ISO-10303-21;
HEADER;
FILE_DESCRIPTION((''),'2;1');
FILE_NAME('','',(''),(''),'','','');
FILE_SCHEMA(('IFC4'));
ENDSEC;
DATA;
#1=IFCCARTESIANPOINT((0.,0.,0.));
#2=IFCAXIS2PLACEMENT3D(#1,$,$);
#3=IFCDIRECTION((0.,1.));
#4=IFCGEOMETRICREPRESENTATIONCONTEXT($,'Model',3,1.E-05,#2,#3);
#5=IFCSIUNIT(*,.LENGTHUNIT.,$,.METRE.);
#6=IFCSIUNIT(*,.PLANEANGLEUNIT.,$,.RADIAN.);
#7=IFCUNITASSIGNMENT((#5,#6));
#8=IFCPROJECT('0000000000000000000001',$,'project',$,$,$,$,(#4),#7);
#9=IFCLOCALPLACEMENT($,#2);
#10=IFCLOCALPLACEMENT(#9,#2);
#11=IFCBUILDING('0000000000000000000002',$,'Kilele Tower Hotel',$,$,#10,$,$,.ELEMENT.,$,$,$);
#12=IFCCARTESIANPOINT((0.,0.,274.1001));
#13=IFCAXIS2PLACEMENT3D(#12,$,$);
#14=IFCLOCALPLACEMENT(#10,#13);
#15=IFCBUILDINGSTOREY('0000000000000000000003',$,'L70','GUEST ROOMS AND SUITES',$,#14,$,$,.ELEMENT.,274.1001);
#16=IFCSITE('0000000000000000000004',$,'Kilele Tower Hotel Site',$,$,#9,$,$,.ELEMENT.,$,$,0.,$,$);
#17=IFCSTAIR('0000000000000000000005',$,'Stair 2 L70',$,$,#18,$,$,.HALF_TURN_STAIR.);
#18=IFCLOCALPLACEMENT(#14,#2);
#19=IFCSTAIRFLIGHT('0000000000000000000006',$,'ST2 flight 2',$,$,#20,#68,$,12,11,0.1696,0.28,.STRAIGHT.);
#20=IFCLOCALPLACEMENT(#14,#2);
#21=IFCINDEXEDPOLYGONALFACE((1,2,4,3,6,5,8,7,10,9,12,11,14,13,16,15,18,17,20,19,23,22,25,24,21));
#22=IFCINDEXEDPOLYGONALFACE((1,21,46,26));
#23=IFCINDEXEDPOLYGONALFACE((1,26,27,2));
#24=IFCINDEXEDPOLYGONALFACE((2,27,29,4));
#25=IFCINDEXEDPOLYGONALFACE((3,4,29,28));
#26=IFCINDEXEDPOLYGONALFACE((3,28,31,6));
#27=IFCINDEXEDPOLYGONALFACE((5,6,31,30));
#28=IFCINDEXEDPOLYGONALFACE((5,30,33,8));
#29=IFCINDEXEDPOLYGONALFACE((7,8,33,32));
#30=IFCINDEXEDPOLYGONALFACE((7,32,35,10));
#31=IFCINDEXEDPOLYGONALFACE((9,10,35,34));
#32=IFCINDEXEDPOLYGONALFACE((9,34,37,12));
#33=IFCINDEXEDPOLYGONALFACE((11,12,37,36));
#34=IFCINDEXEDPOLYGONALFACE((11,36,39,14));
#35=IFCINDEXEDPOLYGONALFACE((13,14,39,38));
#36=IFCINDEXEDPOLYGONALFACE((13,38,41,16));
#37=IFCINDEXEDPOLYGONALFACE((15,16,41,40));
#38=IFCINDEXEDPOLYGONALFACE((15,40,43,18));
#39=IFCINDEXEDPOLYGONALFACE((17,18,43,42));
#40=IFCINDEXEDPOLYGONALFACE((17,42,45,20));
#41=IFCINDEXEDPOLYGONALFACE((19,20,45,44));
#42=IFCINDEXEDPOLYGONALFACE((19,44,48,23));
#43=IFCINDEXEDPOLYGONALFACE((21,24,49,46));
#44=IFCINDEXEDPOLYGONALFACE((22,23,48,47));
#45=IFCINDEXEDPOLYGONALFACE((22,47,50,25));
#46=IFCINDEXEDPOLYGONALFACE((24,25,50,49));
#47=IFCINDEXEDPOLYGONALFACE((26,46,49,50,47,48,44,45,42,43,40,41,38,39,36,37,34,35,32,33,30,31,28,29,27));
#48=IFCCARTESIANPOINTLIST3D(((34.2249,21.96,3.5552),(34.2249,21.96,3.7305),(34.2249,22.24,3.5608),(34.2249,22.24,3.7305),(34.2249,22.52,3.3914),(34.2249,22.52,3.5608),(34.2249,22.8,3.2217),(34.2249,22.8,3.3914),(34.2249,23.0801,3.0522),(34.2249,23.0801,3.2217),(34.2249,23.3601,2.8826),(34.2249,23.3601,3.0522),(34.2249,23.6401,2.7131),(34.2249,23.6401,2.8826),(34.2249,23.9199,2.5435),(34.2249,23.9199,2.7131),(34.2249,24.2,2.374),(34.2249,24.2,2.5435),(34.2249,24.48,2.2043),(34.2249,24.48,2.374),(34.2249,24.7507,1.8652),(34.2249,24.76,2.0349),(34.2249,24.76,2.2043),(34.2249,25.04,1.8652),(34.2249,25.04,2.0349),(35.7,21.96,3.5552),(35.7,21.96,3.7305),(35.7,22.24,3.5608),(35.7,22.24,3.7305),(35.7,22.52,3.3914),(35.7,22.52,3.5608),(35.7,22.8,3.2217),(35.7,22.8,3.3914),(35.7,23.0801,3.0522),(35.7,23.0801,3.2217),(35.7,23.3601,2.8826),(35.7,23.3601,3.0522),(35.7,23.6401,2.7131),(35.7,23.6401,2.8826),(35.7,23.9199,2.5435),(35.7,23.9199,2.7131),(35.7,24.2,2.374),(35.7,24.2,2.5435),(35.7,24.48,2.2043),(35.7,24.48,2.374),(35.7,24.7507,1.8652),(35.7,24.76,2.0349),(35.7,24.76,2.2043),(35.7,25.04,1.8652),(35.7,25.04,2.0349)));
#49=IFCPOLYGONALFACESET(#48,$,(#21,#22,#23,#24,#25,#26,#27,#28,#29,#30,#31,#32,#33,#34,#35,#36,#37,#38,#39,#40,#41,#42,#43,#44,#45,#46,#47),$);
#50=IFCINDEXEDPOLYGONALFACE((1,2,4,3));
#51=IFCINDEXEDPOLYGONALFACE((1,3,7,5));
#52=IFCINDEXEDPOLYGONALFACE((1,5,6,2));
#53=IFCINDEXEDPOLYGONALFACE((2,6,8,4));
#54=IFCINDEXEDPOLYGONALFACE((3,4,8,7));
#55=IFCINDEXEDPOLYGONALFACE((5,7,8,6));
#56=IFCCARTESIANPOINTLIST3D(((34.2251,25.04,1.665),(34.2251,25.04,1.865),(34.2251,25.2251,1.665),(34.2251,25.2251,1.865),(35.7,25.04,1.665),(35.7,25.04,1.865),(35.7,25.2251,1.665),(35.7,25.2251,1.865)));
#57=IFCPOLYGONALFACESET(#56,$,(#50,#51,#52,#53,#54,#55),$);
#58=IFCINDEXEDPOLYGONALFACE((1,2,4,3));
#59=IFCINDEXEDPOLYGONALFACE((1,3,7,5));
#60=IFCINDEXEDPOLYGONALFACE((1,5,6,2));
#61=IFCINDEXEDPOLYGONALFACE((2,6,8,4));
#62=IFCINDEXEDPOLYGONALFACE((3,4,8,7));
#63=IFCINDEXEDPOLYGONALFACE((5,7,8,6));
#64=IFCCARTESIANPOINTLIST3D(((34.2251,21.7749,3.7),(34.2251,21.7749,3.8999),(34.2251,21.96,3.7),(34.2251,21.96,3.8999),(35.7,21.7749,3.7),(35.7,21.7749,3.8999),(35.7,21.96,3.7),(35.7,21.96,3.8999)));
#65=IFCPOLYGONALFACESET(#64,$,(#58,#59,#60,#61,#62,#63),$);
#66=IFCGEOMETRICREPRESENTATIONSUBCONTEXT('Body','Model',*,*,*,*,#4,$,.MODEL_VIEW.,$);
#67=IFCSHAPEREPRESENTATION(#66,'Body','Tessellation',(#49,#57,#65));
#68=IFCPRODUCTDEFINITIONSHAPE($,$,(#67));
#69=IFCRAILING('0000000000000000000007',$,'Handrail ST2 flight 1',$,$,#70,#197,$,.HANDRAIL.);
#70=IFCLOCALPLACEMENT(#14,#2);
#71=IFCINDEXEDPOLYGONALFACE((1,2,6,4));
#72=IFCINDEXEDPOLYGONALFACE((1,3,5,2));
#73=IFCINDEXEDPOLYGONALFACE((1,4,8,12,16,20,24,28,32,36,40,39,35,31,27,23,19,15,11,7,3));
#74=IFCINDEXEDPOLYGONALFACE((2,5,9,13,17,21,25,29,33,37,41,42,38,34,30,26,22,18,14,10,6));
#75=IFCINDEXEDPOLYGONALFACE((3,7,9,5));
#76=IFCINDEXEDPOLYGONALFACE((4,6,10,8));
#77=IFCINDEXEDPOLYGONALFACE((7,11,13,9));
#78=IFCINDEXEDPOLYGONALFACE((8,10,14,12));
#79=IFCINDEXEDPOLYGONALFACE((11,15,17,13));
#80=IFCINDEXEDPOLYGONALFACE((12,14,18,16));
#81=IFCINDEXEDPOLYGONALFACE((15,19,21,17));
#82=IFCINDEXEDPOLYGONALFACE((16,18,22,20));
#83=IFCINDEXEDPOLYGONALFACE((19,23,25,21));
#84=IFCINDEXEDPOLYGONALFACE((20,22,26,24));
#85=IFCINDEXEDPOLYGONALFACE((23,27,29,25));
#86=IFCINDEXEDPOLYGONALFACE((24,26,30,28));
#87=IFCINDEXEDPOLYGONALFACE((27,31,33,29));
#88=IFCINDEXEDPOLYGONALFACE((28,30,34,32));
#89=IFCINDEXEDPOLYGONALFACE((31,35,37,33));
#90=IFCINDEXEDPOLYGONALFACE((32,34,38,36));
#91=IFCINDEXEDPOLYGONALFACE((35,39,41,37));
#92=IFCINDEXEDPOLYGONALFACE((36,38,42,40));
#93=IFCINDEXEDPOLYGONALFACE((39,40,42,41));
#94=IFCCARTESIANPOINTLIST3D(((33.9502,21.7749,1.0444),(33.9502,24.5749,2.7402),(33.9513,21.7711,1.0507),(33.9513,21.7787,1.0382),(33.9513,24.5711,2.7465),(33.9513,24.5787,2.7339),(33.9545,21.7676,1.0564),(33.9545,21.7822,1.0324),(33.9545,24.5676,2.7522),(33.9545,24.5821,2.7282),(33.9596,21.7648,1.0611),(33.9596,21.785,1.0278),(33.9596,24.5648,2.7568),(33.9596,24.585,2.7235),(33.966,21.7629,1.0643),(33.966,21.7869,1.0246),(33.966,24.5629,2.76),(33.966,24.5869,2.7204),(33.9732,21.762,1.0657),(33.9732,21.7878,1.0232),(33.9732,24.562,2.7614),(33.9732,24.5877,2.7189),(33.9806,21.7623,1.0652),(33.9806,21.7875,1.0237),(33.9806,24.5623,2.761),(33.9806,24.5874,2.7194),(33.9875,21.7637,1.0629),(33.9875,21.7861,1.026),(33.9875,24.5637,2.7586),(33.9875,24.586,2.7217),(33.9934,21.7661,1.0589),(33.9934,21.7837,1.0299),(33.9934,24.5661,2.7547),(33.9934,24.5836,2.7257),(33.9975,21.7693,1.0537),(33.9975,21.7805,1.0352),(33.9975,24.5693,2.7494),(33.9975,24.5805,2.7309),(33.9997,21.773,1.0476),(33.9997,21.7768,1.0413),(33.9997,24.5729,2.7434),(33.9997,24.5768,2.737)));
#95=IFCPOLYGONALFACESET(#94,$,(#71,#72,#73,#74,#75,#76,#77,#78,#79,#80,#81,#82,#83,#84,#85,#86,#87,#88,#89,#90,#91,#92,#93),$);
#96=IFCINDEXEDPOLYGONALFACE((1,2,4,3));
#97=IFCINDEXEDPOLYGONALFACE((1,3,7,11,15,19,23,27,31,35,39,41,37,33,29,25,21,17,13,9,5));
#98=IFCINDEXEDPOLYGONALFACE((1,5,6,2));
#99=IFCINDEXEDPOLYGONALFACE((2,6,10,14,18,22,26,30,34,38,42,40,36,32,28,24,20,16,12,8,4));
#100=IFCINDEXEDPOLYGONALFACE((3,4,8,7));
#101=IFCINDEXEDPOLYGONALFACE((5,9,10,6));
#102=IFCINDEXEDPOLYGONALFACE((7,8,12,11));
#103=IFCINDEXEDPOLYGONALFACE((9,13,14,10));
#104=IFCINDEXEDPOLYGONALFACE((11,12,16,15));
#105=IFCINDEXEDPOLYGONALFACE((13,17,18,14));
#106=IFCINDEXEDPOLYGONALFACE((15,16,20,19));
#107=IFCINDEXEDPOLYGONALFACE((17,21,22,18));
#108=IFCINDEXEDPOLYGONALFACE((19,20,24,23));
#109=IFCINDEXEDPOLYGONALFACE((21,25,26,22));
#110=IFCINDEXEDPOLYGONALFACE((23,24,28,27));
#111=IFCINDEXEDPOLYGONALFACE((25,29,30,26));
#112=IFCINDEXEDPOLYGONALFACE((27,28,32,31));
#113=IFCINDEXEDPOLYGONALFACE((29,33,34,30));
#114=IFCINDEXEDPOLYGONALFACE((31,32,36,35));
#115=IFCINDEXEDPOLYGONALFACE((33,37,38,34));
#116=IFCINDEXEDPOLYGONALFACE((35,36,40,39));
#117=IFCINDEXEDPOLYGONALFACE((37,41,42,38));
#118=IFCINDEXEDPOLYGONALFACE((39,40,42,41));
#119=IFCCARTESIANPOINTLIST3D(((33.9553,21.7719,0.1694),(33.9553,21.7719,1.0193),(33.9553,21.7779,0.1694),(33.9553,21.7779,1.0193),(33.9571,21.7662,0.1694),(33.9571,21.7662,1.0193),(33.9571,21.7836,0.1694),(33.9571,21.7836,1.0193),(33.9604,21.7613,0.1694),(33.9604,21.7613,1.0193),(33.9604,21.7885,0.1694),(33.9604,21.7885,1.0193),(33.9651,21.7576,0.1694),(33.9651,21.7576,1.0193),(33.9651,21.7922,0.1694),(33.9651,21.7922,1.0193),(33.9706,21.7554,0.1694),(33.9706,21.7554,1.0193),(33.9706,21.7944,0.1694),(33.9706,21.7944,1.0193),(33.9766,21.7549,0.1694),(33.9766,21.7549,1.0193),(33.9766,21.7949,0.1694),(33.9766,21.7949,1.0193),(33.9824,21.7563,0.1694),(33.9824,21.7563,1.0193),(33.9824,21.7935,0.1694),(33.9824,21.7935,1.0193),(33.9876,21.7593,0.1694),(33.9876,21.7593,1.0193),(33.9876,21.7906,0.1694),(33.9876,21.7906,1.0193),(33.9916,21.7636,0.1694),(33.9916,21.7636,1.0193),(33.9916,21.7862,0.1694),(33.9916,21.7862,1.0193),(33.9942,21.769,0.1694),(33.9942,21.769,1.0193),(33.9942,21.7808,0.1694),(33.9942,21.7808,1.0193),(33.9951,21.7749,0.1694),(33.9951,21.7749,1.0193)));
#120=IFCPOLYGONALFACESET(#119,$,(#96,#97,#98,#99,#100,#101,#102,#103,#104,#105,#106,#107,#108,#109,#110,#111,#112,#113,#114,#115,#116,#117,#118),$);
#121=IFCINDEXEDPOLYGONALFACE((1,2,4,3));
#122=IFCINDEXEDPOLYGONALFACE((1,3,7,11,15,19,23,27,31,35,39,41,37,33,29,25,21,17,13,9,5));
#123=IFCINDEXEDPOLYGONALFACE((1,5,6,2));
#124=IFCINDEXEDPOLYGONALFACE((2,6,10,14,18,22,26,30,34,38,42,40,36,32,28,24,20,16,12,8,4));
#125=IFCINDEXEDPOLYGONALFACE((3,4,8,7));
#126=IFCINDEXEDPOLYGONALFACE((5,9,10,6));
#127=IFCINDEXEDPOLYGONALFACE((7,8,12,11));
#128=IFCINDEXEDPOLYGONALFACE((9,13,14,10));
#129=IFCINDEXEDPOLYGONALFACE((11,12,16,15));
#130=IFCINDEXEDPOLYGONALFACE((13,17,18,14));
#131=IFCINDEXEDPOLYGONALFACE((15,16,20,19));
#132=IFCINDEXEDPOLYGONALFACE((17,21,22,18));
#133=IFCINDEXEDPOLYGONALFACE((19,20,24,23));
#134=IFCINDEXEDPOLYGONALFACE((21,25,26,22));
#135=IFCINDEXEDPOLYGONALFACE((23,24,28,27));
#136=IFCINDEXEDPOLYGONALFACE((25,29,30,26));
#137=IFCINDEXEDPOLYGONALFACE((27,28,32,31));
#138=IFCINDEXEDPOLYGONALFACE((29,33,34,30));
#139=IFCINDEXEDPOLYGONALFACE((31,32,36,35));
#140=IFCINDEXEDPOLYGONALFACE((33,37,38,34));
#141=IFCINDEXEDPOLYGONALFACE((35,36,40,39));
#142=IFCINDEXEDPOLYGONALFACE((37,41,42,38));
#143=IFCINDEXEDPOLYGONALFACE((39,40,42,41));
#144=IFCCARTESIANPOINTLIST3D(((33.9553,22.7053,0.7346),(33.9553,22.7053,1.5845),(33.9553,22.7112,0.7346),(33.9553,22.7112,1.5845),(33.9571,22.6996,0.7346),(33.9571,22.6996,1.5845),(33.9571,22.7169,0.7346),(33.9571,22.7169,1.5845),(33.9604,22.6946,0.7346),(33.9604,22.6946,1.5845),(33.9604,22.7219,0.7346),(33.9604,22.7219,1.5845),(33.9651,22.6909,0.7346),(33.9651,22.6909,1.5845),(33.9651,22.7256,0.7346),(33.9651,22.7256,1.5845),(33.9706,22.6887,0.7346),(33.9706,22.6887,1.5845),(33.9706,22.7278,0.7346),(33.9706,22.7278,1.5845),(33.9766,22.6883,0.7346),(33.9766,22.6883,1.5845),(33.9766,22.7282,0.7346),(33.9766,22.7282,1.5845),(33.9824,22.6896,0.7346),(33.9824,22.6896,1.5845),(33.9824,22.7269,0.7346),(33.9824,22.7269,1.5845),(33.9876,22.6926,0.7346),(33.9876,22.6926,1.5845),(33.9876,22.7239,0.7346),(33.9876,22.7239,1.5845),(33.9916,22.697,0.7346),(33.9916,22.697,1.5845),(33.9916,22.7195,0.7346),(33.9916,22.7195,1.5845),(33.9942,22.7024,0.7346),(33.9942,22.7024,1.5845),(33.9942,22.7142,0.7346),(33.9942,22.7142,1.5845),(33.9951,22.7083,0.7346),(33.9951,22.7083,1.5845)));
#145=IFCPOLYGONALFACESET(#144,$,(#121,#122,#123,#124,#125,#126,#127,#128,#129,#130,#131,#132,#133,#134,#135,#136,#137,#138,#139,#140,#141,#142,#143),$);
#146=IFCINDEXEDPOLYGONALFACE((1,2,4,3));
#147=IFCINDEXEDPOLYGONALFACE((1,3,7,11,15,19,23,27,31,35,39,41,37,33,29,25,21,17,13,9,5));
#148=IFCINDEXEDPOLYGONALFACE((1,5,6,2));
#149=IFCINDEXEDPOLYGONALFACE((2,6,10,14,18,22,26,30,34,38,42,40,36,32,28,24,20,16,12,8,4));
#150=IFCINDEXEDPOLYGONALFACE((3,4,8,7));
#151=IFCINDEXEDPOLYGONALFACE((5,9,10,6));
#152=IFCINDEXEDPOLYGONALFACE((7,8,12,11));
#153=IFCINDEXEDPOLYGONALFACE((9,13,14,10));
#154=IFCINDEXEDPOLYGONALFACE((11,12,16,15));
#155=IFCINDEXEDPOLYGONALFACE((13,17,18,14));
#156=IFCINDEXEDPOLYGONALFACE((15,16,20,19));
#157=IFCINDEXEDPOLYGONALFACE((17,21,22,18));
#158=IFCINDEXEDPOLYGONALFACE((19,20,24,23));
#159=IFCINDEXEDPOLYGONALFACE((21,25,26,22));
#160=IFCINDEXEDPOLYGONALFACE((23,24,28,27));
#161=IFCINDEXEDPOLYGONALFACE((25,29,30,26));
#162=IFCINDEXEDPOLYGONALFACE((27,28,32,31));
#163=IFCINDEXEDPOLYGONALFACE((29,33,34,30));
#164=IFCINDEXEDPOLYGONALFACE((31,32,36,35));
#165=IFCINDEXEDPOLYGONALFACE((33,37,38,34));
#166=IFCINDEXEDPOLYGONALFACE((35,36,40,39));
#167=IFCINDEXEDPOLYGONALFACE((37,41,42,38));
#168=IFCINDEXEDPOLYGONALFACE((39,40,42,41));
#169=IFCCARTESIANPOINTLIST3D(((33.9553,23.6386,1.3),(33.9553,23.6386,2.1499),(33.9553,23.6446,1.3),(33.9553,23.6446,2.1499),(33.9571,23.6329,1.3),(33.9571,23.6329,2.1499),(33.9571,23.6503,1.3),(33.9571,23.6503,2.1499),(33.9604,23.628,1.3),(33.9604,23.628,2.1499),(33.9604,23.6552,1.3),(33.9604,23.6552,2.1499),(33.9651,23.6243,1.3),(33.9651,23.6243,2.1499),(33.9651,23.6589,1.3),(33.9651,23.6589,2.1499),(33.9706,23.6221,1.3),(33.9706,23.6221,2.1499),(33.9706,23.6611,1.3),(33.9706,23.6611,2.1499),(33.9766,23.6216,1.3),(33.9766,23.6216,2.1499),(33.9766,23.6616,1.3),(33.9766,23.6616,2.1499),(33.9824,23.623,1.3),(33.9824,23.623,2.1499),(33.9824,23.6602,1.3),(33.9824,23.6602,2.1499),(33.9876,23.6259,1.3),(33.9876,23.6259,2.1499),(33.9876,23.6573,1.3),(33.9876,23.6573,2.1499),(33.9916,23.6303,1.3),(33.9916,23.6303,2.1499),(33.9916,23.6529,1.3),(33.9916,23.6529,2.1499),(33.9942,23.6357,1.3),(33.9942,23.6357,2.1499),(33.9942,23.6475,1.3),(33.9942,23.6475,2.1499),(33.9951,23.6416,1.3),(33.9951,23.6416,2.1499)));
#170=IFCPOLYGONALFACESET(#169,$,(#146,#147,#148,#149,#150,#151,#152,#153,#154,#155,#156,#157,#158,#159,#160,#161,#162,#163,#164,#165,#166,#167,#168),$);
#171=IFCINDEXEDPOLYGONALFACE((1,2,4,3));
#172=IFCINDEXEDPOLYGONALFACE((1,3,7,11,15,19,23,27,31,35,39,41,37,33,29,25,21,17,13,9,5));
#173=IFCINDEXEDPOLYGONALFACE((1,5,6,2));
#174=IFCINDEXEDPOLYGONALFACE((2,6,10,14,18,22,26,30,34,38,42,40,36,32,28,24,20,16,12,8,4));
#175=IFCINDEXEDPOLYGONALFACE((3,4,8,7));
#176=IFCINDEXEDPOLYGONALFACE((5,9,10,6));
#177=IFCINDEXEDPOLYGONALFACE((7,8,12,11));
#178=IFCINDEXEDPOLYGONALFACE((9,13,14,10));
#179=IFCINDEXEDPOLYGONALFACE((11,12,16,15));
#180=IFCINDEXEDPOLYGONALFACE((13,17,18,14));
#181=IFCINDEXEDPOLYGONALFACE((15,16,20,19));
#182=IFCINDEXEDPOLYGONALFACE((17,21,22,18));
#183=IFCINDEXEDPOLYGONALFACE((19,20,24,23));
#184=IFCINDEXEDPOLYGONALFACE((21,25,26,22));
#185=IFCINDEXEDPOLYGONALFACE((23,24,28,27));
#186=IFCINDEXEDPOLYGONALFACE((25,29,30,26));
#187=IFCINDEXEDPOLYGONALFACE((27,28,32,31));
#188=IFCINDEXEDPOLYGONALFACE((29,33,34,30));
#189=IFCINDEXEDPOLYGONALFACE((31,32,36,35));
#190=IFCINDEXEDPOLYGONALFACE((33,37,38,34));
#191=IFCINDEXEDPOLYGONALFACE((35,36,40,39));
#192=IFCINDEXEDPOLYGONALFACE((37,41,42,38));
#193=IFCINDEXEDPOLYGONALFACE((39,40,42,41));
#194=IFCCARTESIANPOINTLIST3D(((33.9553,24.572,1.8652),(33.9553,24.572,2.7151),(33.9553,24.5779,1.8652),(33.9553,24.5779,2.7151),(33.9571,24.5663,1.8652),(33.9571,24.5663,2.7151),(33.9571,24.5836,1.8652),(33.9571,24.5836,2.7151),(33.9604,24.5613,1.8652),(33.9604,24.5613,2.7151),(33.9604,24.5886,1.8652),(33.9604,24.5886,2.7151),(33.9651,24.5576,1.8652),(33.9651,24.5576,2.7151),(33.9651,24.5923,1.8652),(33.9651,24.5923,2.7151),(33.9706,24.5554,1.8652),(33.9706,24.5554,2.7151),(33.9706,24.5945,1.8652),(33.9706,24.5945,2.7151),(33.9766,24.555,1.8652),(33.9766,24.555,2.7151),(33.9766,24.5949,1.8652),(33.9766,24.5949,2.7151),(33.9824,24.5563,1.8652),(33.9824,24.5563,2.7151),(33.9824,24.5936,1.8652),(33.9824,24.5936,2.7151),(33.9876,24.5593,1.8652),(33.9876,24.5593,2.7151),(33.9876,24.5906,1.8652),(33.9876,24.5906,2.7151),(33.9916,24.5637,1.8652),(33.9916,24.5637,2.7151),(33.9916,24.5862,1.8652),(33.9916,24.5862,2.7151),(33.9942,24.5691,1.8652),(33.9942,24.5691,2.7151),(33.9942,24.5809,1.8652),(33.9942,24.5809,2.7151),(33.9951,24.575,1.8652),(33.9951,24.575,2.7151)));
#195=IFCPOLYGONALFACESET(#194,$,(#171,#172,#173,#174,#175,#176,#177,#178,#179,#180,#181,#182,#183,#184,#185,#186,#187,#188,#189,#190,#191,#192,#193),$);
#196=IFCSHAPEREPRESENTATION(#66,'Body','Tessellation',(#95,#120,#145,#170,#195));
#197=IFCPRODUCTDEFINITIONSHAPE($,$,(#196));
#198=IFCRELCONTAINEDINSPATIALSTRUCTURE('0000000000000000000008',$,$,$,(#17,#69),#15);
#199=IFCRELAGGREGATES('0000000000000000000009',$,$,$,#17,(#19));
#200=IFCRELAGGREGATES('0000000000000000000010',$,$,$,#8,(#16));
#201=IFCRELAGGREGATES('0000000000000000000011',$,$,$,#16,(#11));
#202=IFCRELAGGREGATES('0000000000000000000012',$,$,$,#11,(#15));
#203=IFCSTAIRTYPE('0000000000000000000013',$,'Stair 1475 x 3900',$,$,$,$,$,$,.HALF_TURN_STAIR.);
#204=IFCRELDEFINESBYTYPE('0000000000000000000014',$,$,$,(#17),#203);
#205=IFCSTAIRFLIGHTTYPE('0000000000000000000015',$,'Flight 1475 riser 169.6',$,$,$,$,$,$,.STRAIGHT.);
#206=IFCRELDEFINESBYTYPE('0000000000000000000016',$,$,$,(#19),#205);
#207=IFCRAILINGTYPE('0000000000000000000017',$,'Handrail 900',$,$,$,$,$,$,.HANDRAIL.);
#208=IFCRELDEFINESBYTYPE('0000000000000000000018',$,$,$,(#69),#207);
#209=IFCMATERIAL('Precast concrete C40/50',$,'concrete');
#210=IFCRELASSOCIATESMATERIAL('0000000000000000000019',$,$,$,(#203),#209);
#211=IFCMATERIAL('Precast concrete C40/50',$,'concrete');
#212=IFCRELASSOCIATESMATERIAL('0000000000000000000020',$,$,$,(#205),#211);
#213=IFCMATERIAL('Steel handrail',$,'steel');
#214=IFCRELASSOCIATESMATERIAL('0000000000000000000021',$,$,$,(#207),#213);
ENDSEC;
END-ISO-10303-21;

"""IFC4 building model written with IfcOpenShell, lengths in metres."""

from ifc_helpers import new_model, si_unit, direction, frame, origin, origin_2d, place, context, subcontext, project, spatial, polyline, circle, outline, extrude, material, type_object, element, aggregate, save


model = new_model("IFC4")

# Units and contexts
model_context = context("Model", 3, precision=1e-05, world=origin(), true_north=direction((0.0, 1.0)))
body_context = subcontext(model_context, "Body", "Model", "MODEL_VIEW")
ifc_project = project(units=[si_unit("LENGTHUNIT", "METRE"), si_unit("PLANEANGLEUNIT", "RADIAN")], contexts=[model_context])

# Site, building, storey
site_placement = place(None, origin())
site = spatial("IfcSite", under=ifc_project, at=site_placement, Name="Kilele Tower Hotel Site", CompositionType="ELEMENT", RefElevation=0.0)
building_placement = place(site_placement, origin())
building = spatial("IfcBuilding", under=site, at=building_placement, Name="Kilele Tower Hotel", CompositionType="ELEMENT")
storey_placement = place(building_placement, frame((0.0, 0.0, 274.1001)))
storey = spatial("IfcBuildingStorey", under=building, at=storey_placement, Name="L70", Description="GUEST ROOMS AND SUITES", CompositionType="ELEMENT", Elevation=274.1001)

# Stair, stair flight
ifc_material_1 = material(Name="Precast concrete C40/50", Category="concrete")
stair_type = type_object("IfcStairType", Name="Stair 1475 x 3900", PredefinedType="HALF_TURN_STAIR", material=ifc_material_1)
stair_placement = place(storey_placement, origin())
stair = element("IfcStair", 1, at=stair_placement, inside=storey, type_object=stair_type, Name="Stair 2 L70", PredefinedType="HALF_TURN_STAIR")
ifc_material_2 = material(Name="Precast concrete C40/50", Category="concrete")
stair_flight_type = type_object("IfcStairFlightType", Name="Flight 1475 riser 169.6", PredefinedType="STRAIGHT", material=ifc_material_2)
stair_flight_placement = place(storey_placement, frame((34.9624, 25.04, 1.8652), z_axis=(0.0, 0.0, 1.0), x_axis=(0.0, -1.0, 0.0)))
stair_flight = element("IfcStairFlight", 2, at=stair_flight_placement, type_object=stair_flight_type, Name="ST2 flight 2", NumberOfRisers=12, NumberOfTreads=11, PredefinedType="STRAIGHT", RiserHeight=0.1696, TreadLength=0.28, context=body_context, shape_type="SweptSolid", body=[
    extrude(outline(polyline([(0.0, 0.0), (0.0, 0.1697), (0.28, 0.1697), (0.28, 0.3391), (0.5601, 0.3391), (0.5601, 0.5088), (0.8401, 0.5088), (0.8401, 0.6782), (1.1201, 0.6782), (1.1201, 0.8479), (1.3999, 0.8479), (1.3999, 1.0173), (1.6799, 1.0173), (1.6799, 1.187), (1.96, 1.187), (1.96, 1.3564), (2.24, 1.3564), (2.24, 1.5261), (2.52, 1.5261), (2.52, 1.6956), (2.8, 1.6956), (2.8, 1.8652), (3.0801, 1.8652), (3.0801, 2.0347), (3.0801, 1.6899), (0.2893, 0.0), (0.0, 0.0)])), frame((0.0, 0.7375, 0.0), z_axis=(0.0, -1.0, 0.0), x_axis=(1.0, 0.0, 0.0)), (0.0, 0.0, 1.0), 1.4751),
    extrude(outline(polyline([(0.0, -0.7373), (0.0, 0.7375), (-0.1851, 0.7375), (-0.1851, -0.7373), (0.0, -0.7373)])), frame((0.0, 0.0, -0.2002)), (0.0, 0.0, 1.0), 0.2),
    extrude(outline(polyline([(3.2651, -0.7373), (3.2651, 0.7375), (3.0801, 0.7375), (3.0801, -0.7373), (3.2651, -0.7373)])), frame((0.0, 0.0, 1.8347)), (0.0, 0.0, 1.0), 0.2),
])
aggregate(stair, [stair_flight])

# Railing
ifc_material_3 = material(Name="Steel handrail", Category="steel")
railing_type_1 = type_object("IfcRailingType", Name="Handrail 900", PredefinedType="HANDRAIL", material=ifc_material_3)
railing_1_placement = place(storey_placement, frame((33.9751, 21.7749, 0.1694)))
element("IfcRailing", 3, at=railing_1_placement, inside=storey, type_object=railing_type_1, Name="Handrail ST2 flight 1", PredefinedType="HANDRAIL", context=body_context, shape_type="SweptSolid", body=[
    extrude(circle(Radius=0.0249, at=origin_2d()), frame((0.0, 0.0, 0.875), z_axis=(0.0, 0.85536, 0.518034), x_axis=(-1.0, 0.0, 0.0)), (0.0, 0.0, 1.0), 3.2734),
    extrude(circle(Radius=0.02, at=origin_2d()), origin(), (0.0, 0.0, 1.0), 0.8499),
    extrude(circle(Radius=0.02, at=origin_2d()), frame((0.0, 0.9333, 0.5652)), (0.0, 0.0, 1.0), 0.8499),
    extrude(circle(Radius=0.02, at=origin_2d()), frame((0.0, 1.8667, 1.1306)), (0.0, 0.0, 1.0), 0.8499),
    extrude(circle(Radius=0.02, at=origin_2d()), frame((0.0, 2.8, 1.6958)), (0.0, 0.0, 1.0), 0.8499),
])

save(model, "model.ifc")
